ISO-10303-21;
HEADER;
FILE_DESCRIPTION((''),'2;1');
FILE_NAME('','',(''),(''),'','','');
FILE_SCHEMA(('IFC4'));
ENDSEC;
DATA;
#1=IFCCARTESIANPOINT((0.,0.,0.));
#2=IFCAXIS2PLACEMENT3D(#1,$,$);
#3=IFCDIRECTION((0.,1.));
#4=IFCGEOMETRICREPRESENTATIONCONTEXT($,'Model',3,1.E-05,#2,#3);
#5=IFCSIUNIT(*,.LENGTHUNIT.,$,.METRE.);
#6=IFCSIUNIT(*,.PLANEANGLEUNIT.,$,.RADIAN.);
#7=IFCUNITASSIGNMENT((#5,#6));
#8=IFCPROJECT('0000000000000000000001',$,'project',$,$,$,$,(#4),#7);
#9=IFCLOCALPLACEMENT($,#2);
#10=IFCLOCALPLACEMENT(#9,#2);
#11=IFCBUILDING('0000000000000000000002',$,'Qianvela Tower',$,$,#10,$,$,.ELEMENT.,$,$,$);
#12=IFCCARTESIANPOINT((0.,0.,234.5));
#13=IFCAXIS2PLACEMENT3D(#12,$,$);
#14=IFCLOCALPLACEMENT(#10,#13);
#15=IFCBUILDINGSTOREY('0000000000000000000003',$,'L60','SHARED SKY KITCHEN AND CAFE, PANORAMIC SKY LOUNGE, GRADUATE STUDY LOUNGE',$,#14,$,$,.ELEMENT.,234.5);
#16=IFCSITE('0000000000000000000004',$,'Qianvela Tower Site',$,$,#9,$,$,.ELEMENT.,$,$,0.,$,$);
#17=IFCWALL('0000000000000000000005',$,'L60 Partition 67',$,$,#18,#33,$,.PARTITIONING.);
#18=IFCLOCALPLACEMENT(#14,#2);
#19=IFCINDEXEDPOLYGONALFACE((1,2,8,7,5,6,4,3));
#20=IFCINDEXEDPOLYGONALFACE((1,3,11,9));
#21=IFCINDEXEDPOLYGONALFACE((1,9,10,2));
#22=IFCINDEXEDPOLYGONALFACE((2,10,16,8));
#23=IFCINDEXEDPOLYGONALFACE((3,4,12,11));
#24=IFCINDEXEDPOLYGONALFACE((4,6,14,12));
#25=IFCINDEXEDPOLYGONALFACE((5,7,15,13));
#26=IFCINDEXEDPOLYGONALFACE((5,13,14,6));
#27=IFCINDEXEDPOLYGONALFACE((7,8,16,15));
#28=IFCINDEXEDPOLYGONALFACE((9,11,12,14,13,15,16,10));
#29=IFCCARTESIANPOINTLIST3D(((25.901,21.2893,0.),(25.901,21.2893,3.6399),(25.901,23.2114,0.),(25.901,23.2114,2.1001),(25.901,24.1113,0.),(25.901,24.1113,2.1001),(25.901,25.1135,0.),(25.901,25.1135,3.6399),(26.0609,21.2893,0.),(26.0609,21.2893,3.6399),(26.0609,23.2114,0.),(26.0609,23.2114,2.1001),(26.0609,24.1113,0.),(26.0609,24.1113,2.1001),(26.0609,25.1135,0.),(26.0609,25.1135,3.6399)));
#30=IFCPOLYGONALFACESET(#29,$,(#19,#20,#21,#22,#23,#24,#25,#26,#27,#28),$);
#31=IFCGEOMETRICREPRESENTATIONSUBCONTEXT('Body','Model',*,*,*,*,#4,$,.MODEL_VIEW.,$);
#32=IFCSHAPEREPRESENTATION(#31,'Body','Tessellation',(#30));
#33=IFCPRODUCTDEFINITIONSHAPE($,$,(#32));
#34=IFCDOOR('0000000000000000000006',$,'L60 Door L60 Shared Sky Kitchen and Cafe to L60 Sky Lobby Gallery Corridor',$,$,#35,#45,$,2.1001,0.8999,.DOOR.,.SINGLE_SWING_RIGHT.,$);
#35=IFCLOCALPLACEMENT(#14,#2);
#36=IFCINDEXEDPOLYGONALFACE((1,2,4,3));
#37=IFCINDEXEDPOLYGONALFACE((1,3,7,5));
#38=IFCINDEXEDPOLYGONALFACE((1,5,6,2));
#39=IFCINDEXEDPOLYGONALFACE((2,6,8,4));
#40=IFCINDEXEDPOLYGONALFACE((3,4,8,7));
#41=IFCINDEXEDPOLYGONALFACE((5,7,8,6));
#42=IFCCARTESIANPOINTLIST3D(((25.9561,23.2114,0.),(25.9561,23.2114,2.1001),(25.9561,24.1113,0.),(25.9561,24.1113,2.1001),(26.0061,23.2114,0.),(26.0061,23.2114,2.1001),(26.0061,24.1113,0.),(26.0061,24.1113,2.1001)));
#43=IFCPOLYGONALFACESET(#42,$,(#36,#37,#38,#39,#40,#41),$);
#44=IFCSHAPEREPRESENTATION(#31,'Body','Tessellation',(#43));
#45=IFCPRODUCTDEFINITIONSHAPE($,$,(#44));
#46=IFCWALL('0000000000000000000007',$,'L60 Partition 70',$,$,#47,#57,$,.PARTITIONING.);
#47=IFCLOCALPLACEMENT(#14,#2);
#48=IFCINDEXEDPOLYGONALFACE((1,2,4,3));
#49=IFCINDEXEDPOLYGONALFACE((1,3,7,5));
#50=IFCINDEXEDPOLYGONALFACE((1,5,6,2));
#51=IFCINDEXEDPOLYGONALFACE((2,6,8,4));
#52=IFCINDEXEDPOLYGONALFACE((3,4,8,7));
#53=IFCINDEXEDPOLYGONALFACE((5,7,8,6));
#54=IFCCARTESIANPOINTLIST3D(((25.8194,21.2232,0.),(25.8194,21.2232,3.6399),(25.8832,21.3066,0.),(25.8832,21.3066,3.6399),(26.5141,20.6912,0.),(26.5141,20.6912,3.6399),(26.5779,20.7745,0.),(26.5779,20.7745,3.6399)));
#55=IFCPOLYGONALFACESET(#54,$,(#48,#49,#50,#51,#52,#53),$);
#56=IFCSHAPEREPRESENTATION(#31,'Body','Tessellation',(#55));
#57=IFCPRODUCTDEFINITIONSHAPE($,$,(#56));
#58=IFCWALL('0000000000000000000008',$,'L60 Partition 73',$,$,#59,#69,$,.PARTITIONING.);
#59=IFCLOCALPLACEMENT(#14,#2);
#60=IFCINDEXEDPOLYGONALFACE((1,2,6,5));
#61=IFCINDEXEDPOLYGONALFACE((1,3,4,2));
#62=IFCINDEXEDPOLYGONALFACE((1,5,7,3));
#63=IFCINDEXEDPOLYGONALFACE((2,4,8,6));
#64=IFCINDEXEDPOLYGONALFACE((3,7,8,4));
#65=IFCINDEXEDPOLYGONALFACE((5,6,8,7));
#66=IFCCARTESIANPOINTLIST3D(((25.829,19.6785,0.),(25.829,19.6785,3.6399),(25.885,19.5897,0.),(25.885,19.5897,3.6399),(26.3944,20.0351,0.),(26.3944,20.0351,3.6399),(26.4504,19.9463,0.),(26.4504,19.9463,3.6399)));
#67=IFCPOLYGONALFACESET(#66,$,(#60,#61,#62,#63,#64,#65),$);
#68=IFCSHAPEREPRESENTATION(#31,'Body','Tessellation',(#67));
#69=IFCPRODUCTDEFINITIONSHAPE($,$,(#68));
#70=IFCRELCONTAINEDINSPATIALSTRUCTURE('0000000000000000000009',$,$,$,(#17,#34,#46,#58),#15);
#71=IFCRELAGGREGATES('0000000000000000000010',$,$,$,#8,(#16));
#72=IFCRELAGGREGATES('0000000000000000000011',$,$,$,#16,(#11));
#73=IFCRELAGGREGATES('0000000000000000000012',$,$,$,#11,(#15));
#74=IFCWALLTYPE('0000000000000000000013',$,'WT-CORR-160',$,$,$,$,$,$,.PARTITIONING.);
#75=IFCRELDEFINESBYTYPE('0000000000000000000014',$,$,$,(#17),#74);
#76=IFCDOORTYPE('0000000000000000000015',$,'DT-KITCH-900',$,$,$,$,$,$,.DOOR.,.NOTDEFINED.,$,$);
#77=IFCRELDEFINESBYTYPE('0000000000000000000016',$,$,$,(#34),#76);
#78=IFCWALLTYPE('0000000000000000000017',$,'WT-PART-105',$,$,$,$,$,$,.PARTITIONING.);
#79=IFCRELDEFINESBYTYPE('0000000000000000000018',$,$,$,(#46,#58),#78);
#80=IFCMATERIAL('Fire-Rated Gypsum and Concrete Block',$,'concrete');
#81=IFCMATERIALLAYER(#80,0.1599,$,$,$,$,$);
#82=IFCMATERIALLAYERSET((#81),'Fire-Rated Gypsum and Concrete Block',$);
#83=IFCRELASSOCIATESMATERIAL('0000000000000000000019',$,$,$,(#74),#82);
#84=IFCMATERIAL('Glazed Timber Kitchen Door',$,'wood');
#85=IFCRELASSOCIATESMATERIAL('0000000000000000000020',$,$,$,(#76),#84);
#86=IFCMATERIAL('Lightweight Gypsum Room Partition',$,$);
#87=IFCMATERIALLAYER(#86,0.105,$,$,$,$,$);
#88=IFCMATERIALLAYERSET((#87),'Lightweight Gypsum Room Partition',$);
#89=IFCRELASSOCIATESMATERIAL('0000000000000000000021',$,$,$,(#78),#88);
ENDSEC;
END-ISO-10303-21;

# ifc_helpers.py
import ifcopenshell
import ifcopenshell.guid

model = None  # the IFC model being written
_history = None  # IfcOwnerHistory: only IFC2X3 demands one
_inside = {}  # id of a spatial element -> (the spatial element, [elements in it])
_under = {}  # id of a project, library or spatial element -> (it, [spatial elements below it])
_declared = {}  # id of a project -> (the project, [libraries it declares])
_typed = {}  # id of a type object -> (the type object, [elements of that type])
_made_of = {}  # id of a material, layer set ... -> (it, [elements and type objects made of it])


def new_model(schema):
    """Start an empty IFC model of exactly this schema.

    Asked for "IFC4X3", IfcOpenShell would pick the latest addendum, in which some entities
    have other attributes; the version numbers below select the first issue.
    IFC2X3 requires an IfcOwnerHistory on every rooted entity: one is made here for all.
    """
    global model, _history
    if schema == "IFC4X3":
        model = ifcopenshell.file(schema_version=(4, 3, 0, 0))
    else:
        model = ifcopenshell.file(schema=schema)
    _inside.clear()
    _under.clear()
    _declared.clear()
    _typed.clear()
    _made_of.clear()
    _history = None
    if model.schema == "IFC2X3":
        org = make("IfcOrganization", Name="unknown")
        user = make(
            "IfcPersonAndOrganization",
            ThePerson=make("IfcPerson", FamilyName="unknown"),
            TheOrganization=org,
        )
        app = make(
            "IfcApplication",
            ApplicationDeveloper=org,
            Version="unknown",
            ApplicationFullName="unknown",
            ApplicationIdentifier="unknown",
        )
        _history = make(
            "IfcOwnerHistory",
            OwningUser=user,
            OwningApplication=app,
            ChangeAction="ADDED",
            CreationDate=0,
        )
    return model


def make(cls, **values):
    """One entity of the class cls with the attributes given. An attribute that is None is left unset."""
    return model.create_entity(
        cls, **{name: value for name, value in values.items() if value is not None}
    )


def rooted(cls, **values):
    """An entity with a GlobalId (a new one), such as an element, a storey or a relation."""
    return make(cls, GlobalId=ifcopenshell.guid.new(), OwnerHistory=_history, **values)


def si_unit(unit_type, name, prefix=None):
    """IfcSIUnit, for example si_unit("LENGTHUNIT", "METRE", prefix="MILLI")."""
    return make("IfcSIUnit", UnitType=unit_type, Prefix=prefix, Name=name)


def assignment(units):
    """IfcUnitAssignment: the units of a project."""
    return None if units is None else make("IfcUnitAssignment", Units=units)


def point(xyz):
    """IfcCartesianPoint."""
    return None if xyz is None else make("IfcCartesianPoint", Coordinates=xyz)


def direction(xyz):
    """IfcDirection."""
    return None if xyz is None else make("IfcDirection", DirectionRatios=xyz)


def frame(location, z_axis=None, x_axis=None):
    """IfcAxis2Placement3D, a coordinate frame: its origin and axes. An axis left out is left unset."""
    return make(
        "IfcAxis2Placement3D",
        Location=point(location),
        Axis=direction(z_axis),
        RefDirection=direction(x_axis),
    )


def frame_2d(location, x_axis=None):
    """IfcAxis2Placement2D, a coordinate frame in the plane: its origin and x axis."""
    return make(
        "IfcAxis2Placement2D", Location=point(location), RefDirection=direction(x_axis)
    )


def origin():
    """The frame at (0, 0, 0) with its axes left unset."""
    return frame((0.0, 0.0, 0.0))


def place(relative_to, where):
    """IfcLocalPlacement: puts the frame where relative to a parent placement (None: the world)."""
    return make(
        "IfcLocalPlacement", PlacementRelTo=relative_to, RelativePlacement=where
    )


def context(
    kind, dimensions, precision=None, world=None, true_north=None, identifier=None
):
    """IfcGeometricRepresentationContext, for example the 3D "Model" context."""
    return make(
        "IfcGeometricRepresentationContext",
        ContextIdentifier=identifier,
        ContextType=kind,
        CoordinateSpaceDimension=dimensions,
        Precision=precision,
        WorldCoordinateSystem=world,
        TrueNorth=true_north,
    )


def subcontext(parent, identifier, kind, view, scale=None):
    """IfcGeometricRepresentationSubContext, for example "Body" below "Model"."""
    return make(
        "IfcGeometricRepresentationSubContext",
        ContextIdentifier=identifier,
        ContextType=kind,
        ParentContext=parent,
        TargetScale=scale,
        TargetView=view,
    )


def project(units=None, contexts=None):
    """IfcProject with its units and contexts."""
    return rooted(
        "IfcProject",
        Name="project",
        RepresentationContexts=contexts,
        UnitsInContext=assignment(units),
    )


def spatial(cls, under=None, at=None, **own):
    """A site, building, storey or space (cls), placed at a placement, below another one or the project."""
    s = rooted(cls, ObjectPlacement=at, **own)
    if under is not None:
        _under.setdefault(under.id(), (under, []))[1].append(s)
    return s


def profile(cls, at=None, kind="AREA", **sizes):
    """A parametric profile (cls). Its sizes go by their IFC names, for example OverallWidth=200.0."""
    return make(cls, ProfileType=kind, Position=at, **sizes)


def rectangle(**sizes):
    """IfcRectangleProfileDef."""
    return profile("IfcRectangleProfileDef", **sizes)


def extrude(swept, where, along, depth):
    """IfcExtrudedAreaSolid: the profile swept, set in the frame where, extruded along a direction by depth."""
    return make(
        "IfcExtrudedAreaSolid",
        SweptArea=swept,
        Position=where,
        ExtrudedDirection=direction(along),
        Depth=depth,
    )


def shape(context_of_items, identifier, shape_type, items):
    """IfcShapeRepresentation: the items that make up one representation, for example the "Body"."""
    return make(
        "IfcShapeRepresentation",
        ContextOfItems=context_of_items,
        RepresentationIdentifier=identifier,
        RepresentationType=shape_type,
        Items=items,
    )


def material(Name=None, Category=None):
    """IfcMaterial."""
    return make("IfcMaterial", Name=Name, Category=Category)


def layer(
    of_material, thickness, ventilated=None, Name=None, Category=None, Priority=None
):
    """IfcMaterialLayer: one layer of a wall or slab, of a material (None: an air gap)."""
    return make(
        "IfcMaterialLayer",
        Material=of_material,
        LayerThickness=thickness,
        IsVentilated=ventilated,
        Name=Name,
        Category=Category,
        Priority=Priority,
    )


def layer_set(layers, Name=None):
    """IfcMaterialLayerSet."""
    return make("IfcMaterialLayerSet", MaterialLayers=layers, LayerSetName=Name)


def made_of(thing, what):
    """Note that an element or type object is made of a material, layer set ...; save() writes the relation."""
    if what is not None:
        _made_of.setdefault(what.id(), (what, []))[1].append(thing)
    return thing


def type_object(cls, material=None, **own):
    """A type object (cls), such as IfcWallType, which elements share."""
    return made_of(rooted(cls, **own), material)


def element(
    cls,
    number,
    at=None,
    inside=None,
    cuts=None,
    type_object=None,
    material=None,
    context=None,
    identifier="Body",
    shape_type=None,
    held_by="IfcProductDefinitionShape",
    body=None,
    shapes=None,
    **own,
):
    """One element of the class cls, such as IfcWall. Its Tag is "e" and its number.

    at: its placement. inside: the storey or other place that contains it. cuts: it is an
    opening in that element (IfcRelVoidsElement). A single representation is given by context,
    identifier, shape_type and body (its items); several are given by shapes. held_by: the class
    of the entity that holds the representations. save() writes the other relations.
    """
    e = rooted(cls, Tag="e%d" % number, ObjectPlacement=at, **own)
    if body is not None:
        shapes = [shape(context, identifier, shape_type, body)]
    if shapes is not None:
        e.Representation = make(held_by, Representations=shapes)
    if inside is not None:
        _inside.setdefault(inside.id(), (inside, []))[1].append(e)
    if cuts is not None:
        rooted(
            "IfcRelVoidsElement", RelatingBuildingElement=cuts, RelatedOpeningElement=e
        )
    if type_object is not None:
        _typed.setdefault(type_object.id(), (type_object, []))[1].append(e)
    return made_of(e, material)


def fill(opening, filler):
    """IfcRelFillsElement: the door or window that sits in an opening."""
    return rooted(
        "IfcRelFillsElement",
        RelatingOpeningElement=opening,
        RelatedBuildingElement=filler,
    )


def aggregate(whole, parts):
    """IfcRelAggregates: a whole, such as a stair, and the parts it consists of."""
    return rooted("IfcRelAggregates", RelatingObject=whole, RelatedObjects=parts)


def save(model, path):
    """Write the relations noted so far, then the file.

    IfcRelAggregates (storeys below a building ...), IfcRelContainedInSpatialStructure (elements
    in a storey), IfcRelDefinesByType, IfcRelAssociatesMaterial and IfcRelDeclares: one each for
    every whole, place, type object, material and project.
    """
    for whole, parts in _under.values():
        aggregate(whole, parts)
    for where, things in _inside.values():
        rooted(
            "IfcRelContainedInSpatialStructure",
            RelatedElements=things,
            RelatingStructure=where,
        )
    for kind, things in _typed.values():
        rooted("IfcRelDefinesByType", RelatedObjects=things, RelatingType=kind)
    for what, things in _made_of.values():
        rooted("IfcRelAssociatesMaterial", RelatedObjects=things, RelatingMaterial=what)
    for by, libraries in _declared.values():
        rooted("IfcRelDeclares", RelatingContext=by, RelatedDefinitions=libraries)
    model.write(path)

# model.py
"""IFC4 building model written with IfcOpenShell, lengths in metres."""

from ifc_helpers import new_model, si_unit, direction, frame, frame_2d, origin, place, context, subcontext, project, spatial, rectangle, extrude, material, layer, layer_set, type_object, element, fill, save


model = new_model("IFC4")

# Units and contexts
model_context = context("Model", 3, precision=1e-05, world=origin(), true_north=direction((0.0, 1.0)))
body_context = subcontext(model_context, "Body", "Model", "MODEL_VIEW")
ifc_project = project(units=[si_unit("LENGTHUNIT", "METRE"), si_unit("PLANEANGLEUNIT", "RADIAN")], contexts=[model_context])

# Site, building, storey
site_placement = place(None, origin())
site = spatial("IfcSite", under=ifc_project, at=site_placement, Name="Qianvela Tower Site", CompositionType="ELEMENT", RefElevation=0.0)
building_placement = place(site_placement, origin())
building = spatial("IfcBuilding", under=site, at=building_placement, Name="Qianvela Tower", CompositionType="ELEMENT")
storey_placement = place(building_placement, frame((0.0, 0.0, 234.5)))
storey = spatial("IfcBuildingStorey", under=building, at=storey_placement, Name="L60", Description="SHARED SKY KITCHEN AND CAFE, PANORAMIC SKY LOUNGE, GRADUATE STUDY LOUNGE", CompositionType="ELEMENT", Elevation=234.5)

# Shared definitions
ifc_material_1 = material(Name="Fire-Rated Gypsum and Concrete Block", Category="concrete")
ifc_layer_1 = layer(ifc_material_1, 0.1599)
ifc_layer_set_1 = layer_set([ifc_layer_1], Name="Fire-Rated Gypsum and Concrete Block")
wall_type_1 = type_object("IfcWallType", Name="WT-CORR-160", PredefinedType="PARTITIONING", material=ifc_layer_set_1)

# Wall, opening, door
wall_1_placement = place(storey_placement, frame((25.981, 21.2893, 0.0), z_axis=(0.0, 0.0, 1.0), x_axis=(0.0, 1.0, 0.0)))
wall_1 = element("IfcWall", 1, at=wall_1_placement, inside=storey, type_object=wall_type_1, Name="L60 Partition 67", PredefinedType="PARTITIONING", context=body_context, shape_type="SweptSolid", body=[
    extrude(rectangle(XDim=3.8242, YDim=0.1599, at=frame_2d((1.9121, 0.0))), origin(), (0.0, 0.0, 1.0), 3.6399),
])
opening_1_placement = place(wall_1_placement, frame((1.9221, 0.0, 0.0)))
opening_1 = element("IfcOpeningElement", 2, at=opening_1_placement, cuts=wall_1, PredefinedType="OPENING", context=body_context, shape_type="SweptSolid", body=[
    extrude(rectangle(XDim=0.8999, YDim=2.1001, at=frame_2d((0.45, 1.05))), frame((0.0, 0.0898, 0.0), z_axis=(0.0, -1.0, 0.0), x_axis=(1.0, 0.0, 0.0)), (0.0, 0.0, 1.0), 0.1799),
])
ifc_material_2 = material(Name="Glazed Timber Kitchen Door", Category="wood")
door_type_1 = type_object("IfcDoorType", Name="DT-KITCH-900", OperationType="NOTDEFINED", PredefinedType="DOOR", material=ifc_material_2)
door_1_placement = place(opening_1_placement, origin())
door_1 = element("IfcDoor", 3, at=door_1_placement, inside=storey, type_object=door_type_1, Name="L60 Door L60 Shared Sky Kitchen and Cafe to L60 Sky Lobby Gallery Corridor", OperationType="SINGLE_SWING_RIGHT", OverallHeight=2.1001, OverallWidth=0.8999, PredefinedType="DOOR", context=body_context, shape_type="SweptSolid", body=[
    extrude(rectangle(XDim=0.8999, YDim=2.1001, at=frame_2d((0.45, 1.05))), frame((0.0, 0.0249, 0.0), z_axis=(0.0, -1.0, 0.0), x_axis=(1.0, 0.0, 0.0)), (0.0, 0.0, 1.0), 0.05),
])
fill(opening_1, door_1)

# Walls
ifc_material_3 = material(Name="Lightweight Gypsum Room Partition")
ifc_layer_2 = layer(ifc_material_3, 0.105)
ifc_layer_set_2 = layer_set([ifc_layer_2], Name="Lightweight Gypsum Room Partition")
wall_type_2 = type_object("IfcWallType", Name="WT-PART-105", PredefinedType="PARTITIONING", material=ifc_layer_set_2)
wall_2_placement = place(storey_placement, frame((25.8513, 21.2649, 0.0), z_axis=(0.0, 0.0, 1.0), x_axis=(0.793898, -0.608051, 0.0)))
element("IfcWall", 4, at=wall_2_placement, inside=storey, type_object=wall_type_2, Name="L60 Partition 70", PredefinedType="PARTITIONING", context=body_context, shape_type="SweptSolid", body=[
    extrude(rectangle(XDim=0.875, YDim=0.105, at=frame_2d((0.4375, 0.0))), origin(), (0.0, 0.0, 1.0), 3.6399),
])
wall_3_placement = place(storey_placement, frame((26.4224, 19.9907, 0.0), z_axis=(0.0, 0.0, 1.0), x_axis=(-0.845775, -0.53354, 0.0)))
element("IfcWall", 5, at=wall_3_placement, inside=storey, type_object=wall_type_2, Name="L60 Partition 73", PredefinedType="PARTITIONING", context=body_context, shape_type="SweptSolid", body=[
    extrude(rectangle(XDim=0.6685, YDim=0.105, at=frame_2d((0.3342, 0.0))), origin(), (0.0, 0.0, 1.0), 3.6399),
])

save(model, "model.ifc")
